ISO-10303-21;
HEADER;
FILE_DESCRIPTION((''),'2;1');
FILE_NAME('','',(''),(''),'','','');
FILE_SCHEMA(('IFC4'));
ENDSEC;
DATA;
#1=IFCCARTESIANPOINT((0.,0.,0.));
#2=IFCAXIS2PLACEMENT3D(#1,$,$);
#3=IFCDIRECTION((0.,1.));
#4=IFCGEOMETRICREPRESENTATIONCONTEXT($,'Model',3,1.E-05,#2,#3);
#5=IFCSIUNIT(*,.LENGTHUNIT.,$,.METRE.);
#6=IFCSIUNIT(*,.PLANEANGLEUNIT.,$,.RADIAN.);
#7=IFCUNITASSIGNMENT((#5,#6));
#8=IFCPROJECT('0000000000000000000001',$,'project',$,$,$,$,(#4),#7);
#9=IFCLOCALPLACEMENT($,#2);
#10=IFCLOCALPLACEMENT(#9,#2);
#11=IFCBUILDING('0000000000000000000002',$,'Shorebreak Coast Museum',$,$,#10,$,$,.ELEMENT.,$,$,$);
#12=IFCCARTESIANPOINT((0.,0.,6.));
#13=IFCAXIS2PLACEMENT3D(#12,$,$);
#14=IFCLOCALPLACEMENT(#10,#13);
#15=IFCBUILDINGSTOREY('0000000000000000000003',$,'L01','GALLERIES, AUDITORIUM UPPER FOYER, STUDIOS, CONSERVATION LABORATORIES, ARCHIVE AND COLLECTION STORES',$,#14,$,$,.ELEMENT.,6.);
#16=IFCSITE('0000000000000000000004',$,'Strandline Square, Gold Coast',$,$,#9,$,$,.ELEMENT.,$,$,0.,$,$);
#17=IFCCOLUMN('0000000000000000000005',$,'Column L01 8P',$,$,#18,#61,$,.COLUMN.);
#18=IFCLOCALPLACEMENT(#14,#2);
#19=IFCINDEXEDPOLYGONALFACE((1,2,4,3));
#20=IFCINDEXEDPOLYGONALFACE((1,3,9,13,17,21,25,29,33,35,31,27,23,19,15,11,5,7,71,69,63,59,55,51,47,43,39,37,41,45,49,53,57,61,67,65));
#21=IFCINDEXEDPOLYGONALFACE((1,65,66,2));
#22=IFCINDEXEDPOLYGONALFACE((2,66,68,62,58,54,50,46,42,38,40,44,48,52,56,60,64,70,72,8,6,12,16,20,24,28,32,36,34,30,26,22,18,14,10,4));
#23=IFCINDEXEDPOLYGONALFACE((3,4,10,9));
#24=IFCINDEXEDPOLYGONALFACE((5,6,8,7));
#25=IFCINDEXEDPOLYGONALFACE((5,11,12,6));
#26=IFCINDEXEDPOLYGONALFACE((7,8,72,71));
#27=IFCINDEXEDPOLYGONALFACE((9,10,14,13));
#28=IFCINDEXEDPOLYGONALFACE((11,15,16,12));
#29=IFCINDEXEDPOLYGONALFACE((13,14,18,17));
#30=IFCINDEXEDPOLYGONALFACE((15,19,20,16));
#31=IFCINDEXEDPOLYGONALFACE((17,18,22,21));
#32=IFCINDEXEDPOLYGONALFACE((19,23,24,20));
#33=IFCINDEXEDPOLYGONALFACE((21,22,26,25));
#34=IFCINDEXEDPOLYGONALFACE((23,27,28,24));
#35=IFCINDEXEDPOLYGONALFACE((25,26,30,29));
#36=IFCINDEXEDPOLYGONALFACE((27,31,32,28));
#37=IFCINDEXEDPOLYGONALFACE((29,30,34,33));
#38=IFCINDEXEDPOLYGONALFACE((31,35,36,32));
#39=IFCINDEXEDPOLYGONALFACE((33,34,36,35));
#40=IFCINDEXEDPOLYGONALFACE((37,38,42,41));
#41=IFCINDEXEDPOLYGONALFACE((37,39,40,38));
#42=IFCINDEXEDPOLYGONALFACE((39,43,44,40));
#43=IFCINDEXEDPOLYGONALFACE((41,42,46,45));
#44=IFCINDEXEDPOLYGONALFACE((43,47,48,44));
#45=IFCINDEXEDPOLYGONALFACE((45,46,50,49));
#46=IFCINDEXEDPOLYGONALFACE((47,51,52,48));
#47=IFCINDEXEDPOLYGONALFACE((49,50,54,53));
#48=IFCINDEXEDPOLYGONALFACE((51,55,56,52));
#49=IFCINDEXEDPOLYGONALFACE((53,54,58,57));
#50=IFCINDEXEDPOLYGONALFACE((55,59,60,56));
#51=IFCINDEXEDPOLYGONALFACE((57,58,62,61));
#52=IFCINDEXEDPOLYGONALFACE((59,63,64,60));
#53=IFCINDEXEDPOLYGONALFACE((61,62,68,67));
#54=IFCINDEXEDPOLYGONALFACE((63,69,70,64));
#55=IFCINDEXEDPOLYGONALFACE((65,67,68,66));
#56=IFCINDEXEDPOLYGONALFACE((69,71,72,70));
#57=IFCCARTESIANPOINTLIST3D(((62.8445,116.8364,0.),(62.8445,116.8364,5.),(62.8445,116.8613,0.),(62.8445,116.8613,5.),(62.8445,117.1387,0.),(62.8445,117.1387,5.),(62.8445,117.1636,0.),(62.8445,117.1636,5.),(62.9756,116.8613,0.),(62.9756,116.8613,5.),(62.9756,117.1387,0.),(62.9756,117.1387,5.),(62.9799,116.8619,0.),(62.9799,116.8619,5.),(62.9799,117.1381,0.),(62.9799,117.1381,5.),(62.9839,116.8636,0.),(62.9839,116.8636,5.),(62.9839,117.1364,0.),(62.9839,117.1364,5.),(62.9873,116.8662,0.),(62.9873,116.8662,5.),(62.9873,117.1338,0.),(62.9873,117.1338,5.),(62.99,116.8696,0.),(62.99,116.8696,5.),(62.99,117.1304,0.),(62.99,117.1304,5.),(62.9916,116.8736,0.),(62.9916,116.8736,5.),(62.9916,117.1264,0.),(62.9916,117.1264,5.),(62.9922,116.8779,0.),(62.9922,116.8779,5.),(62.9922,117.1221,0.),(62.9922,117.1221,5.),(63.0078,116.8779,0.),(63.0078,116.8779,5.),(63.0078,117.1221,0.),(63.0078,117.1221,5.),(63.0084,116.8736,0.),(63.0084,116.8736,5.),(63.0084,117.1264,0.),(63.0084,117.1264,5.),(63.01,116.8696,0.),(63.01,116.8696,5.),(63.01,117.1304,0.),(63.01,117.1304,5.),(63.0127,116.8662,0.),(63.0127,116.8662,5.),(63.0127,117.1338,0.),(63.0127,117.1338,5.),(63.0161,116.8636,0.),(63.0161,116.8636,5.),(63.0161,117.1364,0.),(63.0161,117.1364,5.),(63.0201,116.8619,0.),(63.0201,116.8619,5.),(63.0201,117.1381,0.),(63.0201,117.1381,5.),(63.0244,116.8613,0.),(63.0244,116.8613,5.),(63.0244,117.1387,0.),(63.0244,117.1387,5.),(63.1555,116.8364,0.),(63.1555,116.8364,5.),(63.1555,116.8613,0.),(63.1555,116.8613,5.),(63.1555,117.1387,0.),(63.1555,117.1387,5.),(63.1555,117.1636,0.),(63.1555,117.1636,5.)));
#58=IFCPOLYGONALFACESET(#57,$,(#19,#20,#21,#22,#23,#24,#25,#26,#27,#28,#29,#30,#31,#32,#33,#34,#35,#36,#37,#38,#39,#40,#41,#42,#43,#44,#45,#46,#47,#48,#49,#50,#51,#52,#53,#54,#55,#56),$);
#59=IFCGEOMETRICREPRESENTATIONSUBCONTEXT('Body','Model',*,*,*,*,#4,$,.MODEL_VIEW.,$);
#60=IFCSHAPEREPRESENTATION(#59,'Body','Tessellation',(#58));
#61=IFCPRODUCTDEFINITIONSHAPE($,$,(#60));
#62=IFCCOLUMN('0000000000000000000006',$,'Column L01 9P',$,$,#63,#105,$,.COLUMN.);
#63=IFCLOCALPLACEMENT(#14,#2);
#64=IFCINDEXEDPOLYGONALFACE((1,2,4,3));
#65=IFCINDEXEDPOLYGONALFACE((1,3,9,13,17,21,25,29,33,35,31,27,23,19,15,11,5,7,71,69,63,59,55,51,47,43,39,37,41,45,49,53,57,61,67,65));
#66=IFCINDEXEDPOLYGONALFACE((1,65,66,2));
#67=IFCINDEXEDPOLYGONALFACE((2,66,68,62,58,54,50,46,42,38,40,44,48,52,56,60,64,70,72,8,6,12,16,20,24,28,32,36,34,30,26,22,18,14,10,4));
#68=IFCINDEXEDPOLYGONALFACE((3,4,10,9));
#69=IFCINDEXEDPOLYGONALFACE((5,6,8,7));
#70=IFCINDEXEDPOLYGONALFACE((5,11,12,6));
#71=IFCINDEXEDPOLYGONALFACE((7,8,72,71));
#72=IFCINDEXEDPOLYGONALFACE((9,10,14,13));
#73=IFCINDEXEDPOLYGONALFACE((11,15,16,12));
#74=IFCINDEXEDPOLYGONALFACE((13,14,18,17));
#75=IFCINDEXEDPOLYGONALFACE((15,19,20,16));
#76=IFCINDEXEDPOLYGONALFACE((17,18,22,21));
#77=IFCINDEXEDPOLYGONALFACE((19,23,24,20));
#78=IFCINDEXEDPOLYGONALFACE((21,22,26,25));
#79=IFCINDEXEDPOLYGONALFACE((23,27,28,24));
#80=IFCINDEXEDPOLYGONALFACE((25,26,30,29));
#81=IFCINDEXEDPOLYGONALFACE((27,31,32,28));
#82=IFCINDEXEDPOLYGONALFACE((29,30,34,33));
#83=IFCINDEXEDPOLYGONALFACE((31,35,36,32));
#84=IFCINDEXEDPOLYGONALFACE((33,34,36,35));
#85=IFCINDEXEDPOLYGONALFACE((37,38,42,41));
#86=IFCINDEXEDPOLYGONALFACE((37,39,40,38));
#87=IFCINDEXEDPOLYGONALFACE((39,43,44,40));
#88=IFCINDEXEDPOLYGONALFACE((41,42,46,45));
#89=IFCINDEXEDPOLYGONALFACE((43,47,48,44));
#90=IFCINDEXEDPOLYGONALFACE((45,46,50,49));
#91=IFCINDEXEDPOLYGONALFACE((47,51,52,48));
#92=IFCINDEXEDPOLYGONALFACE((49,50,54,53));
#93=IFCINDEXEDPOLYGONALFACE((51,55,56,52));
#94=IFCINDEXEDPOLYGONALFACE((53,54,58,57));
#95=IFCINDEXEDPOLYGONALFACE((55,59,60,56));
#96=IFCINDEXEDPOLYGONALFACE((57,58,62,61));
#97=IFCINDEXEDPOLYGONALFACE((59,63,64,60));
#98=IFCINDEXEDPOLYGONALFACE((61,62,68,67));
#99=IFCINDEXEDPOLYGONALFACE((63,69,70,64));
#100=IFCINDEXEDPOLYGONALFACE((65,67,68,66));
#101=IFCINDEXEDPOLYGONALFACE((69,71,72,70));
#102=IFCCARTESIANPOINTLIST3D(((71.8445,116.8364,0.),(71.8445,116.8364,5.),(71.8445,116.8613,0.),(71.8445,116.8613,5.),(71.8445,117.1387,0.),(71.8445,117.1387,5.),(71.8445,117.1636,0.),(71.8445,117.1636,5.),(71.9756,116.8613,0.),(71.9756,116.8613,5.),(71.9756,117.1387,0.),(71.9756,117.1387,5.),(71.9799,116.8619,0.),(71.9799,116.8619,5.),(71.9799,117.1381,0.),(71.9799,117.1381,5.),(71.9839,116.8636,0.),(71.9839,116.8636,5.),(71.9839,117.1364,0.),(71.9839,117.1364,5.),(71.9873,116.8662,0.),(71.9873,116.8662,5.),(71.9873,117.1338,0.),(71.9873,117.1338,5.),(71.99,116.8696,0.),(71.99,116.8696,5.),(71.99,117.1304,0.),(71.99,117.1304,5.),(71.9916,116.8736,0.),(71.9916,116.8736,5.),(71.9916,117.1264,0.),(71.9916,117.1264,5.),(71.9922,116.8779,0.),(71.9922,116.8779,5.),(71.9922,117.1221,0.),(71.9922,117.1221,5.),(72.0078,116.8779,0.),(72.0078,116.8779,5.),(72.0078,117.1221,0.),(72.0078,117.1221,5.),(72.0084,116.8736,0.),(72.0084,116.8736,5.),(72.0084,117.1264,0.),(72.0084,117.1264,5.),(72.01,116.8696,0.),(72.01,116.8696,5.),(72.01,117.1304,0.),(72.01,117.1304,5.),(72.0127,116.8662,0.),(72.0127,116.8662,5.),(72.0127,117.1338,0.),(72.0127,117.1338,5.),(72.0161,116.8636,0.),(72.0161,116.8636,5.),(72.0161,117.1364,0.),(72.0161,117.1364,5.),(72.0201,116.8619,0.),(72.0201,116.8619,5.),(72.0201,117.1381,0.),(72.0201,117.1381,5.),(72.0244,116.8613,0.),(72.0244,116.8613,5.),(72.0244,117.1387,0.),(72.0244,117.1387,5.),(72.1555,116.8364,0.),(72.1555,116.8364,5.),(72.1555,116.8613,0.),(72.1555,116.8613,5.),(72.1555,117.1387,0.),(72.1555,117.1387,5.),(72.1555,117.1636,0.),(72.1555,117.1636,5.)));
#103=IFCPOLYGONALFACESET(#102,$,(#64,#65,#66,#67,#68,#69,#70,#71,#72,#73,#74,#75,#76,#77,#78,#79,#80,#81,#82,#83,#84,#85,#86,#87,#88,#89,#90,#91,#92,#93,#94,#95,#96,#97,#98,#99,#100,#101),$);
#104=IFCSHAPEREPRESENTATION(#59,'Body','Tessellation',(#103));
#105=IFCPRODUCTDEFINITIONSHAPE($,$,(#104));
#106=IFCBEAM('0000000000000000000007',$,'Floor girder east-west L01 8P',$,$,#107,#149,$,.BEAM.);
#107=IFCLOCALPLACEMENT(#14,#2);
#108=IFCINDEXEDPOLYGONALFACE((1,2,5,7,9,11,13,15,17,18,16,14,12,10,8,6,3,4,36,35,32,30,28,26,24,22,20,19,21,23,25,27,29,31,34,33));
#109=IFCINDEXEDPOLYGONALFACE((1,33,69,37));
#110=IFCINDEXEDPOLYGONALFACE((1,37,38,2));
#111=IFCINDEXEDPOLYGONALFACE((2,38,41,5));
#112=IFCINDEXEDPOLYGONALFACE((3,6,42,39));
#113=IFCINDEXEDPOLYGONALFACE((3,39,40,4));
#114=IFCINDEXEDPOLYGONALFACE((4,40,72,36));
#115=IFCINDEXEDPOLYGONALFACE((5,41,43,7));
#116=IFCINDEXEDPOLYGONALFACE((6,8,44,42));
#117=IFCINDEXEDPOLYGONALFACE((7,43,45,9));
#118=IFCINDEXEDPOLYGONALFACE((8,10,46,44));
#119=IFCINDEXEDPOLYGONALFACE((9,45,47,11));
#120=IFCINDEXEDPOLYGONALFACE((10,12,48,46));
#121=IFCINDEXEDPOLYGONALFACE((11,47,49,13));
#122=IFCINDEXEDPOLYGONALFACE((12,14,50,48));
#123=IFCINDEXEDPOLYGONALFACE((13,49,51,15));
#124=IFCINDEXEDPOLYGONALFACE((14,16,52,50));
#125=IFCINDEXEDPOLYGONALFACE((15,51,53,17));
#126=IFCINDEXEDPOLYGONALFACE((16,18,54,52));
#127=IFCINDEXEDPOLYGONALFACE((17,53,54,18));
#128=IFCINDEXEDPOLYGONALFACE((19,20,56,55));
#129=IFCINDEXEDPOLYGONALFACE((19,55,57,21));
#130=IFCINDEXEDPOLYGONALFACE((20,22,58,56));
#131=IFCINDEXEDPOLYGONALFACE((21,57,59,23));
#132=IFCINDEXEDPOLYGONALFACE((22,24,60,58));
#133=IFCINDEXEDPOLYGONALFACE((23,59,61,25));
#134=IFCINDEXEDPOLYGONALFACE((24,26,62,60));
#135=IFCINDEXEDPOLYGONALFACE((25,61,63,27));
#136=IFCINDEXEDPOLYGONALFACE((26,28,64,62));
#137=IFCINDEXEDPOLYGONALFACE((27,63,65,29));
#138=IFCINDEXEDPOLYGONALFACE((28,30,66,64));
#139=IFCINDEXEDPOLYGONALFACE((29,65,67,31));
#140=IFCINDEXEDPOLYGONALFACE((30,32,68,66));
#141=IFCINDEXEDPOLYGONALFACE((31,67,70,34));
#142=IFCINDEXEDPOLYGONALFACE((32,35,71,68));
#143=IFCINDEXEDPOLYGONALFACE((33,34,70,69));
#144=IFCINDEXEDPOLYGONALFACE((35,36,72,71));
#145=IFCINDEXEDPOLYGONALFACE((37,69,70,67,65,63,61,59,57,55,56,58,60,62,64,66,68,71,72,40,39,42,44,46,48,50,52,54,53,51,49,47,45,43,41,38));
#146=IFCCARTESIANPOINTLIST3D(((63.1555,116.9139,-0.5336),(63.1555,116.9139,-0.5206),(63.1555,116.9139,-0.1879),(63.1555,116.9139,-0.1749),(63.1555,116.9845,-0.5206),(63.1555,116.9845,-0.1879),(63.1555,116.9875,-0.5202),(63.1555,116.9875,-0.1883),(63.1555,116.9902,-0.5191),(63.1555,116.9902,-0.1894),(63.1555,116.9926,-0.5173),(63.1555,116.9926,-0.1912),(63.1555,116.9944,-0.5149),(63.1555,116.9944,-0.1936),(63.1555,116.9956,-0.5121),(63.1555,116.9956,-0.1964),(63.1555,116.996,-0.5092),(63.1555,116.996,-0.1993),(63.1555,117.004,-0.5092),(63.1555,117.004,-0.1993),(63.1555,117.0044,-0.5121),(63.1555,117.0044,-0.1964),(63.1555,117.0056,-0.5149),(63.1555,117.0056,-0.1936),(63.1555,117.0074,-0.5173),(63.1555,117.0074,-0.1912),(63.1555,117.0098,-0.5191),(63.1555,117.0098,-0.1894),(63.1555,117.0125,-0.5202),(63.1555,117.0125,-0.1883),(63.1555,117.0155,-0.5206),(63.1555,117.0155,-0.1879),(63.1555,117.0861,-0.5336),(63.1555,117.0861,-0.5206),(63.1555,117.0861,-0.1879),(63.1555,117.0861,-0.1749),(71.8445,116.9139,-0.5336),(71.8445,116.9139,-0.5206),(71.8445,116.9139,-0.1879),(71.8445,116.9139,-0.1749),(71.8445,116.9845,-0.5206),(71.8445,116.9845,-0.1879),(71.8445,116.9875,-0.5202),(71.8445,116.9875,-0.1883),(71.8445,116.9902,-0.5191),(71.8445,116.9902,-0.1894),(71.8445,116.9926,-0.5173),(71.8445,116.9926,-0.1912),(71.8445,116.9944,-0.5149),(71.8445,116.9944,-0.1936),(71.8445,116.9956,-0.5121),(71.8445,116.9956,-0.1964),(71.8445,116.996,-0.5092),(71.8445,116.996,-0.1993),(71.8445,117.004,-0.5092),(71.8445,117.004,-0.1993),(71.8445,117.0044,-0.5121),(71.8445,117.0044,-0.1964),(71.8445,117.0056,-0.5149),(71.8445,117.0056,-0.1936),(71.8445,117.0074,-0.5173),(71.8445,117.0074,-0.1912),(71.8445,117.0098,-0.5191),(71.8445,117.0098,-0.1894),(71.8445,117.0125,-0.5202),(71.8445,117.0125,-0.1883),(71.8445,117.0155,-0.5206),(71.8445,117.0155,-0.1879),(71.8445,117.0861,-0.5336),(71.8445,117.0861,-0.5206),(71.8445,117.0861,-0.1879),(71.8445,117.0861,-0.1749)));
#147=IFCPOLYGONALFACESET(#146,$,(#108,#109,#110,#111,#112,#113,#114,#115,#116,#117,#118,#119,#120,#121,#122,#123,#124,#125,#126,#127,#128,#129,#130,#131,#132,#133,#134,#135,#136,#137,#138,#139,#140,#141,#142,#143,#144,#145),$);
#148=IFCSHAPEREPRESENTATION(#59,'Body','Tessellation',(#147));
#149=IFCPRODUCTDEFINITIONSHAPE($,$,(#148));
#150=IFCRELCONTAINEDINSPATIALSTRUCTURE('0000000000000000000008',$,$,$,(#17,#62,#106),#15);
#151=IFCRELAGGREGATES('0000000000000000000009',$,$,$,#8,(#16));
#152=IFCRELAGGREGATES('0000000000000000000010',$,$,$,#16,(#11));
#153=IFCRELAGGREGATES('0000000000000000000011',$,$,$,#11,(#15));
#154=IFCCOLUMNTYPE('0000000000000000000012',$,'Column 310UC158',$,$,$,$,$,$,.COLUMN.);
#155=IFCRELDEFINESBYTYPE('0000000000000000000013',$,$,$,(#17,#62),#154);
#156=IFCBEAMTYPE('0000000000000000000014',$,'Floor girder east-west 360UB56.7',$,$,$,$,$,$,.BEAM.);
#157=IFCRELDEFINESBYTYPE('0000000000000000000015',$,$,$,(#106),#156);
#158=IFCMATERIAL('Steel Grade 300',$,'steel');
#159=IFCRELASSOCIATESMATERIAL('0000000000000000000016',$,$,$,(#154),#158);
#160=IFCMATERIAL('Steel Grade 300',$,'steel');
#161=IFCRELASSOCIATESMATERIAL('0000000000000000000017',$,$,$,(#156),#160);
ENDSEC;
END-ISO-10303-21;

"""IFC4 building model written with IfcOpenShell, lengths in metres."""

from ifc_helpers import new_model, si_unit, direction, frame, origin, origin_2d, place, context, subcontext, project, spatial, i_section, extrude, material, material_profile, profile_set, type_object, element, save


model = new_model("IFC4")

# Units and contexts
model_context = context("Model", 3, precision=1e-05, world=origin(), true_north=direction((0.0, 1.0)))
body_context = subcontext(model_context, "Body", "Model", "MODEL_VIEW")
ifc_project = project(units=[si_unit("LENGTHUNIT", "METRE"), si_unit("PLANEANGLEUNIT", "RADIAN")], contexts=[model_context])

# Site, building, storey
site_placement = place(None, origin())
site = spatial("IfcSite", under=ifc_project, at=site_placement, Name="Strandline Square, Gold Coast", CompositionType="ELEMENT", RefElevation=0.0)
building_placement = place(site_placement, origin())
building = spatial("IfcBuilding", under=site, at=building_placement, Name="Shorebreak Coast Museum", CompositionType="ELEMENT")
storey_placement = place(building_placement, frame((0.0, 0.0, 6.0)))
storey = spatial("IfcBuildingStorey", under=building, at=storey_placement, Name="L01", Description="GALLERIES, AUDITORIUM UPPER FOYER, STUDIOS, CONSERVATION LABORATORIES, ARCHIVE AND COLLECTION STORES", CompositionType="ELEMENT", Elevation=6.0)

# Columns
ifc_material_1 = material(Name="Steel Grade 300", Category="steel")
ifc_material_profile_1 = material_profile(ifc_material_1, i_section(OverallWidth=0.311, OverallDepth=0.3271, WebThickness=0.0156, FlangeThickness=0.0249, FilletRadius=0.0166, at=origin_2d()), Name="310UC158")
ifc_profile_set_1 = profile_set([ifc_material_profile_1], Name="Steel Grade 300")
column_type = type_object("IfcColumnType", Name="Column 310UC158", PredefinedType="COLUMN", material=ifc_profile_set_1)
for number, where, z_axis, x_axis, name in (
    (1, (63.0, 117.0, 0.0), (0.0, 0.0, 1.0), (1.0, 0.0, 0.0), "Column L01 8P"),
    (2, (72.0, 117.0, 0.0), (0.0, 0.0, 1.0), (1.0, 0.0, 0.0), "Column L01 9P"),
):
    element("IfcColumn", number, at=place(storey_placement, frame(where, z_axis=z_axis, x_axis=x_axis)), inside=storey, type_object=column_type, Name=name, PredefinedType="COLUMN", context=body_context, shape_type="SweptSolid", body=[
        extrude(i_section(OverallWidth=0.311, OverallDepth=0.3271, WebThickness=0.0156, FlangeThickness=0.0249, FilletRadius=0.0166, at=origin_2d()), origin(), (0.0, 0.0, 1.0), 5.0),
    ])

# Beam
ifc_material_2 = material(Name="Steel Grade 300", Category="steel")
ifc_material_profile_2 = material_profile(ifc_material_2, i_section(OverallWidth=0.1721, OverallDepth=0.3586, WebThickness=0.0081, FlangeThickness=0.0129, FilletRadius=0.0115, at=origin_2d()), Name="360UB56.7")
ifc_profile_set_2 = profile_set([ifc_material_profile_2], Name="Steel Grade 300")
beam_type = type_object("IfcBeamType", Name="Floor girder east-west 360UB56.7", PredefinedType="BEAM", material=ifc_profile_set_2)
beam_placement = place(storey_placement, frame((63.1555, 117.0, -0.3542), z_axis=(1.0, 0.0, 0.0), x_axis=(0.0, 1.0, 0.0)))
element("IfcBeam", 3, at=beam_placement, inside=storey, type_object=beam_type, Name="Floor girder east-west L01 8P", PredefinedType="BEAM", context=body_context, shape_type="SweptSolid", body=[
    extrude(i_section(OverallWidth=0.1721, OverallDepth=0.3586, WebThickness=0.0081, FlangeThickness=0.0129, FilletRadius=0.0115, at=origin_2d()), origin(), (0.0, 0.0, 1.0), 8.689),
])

save(model, "model.ifc")
